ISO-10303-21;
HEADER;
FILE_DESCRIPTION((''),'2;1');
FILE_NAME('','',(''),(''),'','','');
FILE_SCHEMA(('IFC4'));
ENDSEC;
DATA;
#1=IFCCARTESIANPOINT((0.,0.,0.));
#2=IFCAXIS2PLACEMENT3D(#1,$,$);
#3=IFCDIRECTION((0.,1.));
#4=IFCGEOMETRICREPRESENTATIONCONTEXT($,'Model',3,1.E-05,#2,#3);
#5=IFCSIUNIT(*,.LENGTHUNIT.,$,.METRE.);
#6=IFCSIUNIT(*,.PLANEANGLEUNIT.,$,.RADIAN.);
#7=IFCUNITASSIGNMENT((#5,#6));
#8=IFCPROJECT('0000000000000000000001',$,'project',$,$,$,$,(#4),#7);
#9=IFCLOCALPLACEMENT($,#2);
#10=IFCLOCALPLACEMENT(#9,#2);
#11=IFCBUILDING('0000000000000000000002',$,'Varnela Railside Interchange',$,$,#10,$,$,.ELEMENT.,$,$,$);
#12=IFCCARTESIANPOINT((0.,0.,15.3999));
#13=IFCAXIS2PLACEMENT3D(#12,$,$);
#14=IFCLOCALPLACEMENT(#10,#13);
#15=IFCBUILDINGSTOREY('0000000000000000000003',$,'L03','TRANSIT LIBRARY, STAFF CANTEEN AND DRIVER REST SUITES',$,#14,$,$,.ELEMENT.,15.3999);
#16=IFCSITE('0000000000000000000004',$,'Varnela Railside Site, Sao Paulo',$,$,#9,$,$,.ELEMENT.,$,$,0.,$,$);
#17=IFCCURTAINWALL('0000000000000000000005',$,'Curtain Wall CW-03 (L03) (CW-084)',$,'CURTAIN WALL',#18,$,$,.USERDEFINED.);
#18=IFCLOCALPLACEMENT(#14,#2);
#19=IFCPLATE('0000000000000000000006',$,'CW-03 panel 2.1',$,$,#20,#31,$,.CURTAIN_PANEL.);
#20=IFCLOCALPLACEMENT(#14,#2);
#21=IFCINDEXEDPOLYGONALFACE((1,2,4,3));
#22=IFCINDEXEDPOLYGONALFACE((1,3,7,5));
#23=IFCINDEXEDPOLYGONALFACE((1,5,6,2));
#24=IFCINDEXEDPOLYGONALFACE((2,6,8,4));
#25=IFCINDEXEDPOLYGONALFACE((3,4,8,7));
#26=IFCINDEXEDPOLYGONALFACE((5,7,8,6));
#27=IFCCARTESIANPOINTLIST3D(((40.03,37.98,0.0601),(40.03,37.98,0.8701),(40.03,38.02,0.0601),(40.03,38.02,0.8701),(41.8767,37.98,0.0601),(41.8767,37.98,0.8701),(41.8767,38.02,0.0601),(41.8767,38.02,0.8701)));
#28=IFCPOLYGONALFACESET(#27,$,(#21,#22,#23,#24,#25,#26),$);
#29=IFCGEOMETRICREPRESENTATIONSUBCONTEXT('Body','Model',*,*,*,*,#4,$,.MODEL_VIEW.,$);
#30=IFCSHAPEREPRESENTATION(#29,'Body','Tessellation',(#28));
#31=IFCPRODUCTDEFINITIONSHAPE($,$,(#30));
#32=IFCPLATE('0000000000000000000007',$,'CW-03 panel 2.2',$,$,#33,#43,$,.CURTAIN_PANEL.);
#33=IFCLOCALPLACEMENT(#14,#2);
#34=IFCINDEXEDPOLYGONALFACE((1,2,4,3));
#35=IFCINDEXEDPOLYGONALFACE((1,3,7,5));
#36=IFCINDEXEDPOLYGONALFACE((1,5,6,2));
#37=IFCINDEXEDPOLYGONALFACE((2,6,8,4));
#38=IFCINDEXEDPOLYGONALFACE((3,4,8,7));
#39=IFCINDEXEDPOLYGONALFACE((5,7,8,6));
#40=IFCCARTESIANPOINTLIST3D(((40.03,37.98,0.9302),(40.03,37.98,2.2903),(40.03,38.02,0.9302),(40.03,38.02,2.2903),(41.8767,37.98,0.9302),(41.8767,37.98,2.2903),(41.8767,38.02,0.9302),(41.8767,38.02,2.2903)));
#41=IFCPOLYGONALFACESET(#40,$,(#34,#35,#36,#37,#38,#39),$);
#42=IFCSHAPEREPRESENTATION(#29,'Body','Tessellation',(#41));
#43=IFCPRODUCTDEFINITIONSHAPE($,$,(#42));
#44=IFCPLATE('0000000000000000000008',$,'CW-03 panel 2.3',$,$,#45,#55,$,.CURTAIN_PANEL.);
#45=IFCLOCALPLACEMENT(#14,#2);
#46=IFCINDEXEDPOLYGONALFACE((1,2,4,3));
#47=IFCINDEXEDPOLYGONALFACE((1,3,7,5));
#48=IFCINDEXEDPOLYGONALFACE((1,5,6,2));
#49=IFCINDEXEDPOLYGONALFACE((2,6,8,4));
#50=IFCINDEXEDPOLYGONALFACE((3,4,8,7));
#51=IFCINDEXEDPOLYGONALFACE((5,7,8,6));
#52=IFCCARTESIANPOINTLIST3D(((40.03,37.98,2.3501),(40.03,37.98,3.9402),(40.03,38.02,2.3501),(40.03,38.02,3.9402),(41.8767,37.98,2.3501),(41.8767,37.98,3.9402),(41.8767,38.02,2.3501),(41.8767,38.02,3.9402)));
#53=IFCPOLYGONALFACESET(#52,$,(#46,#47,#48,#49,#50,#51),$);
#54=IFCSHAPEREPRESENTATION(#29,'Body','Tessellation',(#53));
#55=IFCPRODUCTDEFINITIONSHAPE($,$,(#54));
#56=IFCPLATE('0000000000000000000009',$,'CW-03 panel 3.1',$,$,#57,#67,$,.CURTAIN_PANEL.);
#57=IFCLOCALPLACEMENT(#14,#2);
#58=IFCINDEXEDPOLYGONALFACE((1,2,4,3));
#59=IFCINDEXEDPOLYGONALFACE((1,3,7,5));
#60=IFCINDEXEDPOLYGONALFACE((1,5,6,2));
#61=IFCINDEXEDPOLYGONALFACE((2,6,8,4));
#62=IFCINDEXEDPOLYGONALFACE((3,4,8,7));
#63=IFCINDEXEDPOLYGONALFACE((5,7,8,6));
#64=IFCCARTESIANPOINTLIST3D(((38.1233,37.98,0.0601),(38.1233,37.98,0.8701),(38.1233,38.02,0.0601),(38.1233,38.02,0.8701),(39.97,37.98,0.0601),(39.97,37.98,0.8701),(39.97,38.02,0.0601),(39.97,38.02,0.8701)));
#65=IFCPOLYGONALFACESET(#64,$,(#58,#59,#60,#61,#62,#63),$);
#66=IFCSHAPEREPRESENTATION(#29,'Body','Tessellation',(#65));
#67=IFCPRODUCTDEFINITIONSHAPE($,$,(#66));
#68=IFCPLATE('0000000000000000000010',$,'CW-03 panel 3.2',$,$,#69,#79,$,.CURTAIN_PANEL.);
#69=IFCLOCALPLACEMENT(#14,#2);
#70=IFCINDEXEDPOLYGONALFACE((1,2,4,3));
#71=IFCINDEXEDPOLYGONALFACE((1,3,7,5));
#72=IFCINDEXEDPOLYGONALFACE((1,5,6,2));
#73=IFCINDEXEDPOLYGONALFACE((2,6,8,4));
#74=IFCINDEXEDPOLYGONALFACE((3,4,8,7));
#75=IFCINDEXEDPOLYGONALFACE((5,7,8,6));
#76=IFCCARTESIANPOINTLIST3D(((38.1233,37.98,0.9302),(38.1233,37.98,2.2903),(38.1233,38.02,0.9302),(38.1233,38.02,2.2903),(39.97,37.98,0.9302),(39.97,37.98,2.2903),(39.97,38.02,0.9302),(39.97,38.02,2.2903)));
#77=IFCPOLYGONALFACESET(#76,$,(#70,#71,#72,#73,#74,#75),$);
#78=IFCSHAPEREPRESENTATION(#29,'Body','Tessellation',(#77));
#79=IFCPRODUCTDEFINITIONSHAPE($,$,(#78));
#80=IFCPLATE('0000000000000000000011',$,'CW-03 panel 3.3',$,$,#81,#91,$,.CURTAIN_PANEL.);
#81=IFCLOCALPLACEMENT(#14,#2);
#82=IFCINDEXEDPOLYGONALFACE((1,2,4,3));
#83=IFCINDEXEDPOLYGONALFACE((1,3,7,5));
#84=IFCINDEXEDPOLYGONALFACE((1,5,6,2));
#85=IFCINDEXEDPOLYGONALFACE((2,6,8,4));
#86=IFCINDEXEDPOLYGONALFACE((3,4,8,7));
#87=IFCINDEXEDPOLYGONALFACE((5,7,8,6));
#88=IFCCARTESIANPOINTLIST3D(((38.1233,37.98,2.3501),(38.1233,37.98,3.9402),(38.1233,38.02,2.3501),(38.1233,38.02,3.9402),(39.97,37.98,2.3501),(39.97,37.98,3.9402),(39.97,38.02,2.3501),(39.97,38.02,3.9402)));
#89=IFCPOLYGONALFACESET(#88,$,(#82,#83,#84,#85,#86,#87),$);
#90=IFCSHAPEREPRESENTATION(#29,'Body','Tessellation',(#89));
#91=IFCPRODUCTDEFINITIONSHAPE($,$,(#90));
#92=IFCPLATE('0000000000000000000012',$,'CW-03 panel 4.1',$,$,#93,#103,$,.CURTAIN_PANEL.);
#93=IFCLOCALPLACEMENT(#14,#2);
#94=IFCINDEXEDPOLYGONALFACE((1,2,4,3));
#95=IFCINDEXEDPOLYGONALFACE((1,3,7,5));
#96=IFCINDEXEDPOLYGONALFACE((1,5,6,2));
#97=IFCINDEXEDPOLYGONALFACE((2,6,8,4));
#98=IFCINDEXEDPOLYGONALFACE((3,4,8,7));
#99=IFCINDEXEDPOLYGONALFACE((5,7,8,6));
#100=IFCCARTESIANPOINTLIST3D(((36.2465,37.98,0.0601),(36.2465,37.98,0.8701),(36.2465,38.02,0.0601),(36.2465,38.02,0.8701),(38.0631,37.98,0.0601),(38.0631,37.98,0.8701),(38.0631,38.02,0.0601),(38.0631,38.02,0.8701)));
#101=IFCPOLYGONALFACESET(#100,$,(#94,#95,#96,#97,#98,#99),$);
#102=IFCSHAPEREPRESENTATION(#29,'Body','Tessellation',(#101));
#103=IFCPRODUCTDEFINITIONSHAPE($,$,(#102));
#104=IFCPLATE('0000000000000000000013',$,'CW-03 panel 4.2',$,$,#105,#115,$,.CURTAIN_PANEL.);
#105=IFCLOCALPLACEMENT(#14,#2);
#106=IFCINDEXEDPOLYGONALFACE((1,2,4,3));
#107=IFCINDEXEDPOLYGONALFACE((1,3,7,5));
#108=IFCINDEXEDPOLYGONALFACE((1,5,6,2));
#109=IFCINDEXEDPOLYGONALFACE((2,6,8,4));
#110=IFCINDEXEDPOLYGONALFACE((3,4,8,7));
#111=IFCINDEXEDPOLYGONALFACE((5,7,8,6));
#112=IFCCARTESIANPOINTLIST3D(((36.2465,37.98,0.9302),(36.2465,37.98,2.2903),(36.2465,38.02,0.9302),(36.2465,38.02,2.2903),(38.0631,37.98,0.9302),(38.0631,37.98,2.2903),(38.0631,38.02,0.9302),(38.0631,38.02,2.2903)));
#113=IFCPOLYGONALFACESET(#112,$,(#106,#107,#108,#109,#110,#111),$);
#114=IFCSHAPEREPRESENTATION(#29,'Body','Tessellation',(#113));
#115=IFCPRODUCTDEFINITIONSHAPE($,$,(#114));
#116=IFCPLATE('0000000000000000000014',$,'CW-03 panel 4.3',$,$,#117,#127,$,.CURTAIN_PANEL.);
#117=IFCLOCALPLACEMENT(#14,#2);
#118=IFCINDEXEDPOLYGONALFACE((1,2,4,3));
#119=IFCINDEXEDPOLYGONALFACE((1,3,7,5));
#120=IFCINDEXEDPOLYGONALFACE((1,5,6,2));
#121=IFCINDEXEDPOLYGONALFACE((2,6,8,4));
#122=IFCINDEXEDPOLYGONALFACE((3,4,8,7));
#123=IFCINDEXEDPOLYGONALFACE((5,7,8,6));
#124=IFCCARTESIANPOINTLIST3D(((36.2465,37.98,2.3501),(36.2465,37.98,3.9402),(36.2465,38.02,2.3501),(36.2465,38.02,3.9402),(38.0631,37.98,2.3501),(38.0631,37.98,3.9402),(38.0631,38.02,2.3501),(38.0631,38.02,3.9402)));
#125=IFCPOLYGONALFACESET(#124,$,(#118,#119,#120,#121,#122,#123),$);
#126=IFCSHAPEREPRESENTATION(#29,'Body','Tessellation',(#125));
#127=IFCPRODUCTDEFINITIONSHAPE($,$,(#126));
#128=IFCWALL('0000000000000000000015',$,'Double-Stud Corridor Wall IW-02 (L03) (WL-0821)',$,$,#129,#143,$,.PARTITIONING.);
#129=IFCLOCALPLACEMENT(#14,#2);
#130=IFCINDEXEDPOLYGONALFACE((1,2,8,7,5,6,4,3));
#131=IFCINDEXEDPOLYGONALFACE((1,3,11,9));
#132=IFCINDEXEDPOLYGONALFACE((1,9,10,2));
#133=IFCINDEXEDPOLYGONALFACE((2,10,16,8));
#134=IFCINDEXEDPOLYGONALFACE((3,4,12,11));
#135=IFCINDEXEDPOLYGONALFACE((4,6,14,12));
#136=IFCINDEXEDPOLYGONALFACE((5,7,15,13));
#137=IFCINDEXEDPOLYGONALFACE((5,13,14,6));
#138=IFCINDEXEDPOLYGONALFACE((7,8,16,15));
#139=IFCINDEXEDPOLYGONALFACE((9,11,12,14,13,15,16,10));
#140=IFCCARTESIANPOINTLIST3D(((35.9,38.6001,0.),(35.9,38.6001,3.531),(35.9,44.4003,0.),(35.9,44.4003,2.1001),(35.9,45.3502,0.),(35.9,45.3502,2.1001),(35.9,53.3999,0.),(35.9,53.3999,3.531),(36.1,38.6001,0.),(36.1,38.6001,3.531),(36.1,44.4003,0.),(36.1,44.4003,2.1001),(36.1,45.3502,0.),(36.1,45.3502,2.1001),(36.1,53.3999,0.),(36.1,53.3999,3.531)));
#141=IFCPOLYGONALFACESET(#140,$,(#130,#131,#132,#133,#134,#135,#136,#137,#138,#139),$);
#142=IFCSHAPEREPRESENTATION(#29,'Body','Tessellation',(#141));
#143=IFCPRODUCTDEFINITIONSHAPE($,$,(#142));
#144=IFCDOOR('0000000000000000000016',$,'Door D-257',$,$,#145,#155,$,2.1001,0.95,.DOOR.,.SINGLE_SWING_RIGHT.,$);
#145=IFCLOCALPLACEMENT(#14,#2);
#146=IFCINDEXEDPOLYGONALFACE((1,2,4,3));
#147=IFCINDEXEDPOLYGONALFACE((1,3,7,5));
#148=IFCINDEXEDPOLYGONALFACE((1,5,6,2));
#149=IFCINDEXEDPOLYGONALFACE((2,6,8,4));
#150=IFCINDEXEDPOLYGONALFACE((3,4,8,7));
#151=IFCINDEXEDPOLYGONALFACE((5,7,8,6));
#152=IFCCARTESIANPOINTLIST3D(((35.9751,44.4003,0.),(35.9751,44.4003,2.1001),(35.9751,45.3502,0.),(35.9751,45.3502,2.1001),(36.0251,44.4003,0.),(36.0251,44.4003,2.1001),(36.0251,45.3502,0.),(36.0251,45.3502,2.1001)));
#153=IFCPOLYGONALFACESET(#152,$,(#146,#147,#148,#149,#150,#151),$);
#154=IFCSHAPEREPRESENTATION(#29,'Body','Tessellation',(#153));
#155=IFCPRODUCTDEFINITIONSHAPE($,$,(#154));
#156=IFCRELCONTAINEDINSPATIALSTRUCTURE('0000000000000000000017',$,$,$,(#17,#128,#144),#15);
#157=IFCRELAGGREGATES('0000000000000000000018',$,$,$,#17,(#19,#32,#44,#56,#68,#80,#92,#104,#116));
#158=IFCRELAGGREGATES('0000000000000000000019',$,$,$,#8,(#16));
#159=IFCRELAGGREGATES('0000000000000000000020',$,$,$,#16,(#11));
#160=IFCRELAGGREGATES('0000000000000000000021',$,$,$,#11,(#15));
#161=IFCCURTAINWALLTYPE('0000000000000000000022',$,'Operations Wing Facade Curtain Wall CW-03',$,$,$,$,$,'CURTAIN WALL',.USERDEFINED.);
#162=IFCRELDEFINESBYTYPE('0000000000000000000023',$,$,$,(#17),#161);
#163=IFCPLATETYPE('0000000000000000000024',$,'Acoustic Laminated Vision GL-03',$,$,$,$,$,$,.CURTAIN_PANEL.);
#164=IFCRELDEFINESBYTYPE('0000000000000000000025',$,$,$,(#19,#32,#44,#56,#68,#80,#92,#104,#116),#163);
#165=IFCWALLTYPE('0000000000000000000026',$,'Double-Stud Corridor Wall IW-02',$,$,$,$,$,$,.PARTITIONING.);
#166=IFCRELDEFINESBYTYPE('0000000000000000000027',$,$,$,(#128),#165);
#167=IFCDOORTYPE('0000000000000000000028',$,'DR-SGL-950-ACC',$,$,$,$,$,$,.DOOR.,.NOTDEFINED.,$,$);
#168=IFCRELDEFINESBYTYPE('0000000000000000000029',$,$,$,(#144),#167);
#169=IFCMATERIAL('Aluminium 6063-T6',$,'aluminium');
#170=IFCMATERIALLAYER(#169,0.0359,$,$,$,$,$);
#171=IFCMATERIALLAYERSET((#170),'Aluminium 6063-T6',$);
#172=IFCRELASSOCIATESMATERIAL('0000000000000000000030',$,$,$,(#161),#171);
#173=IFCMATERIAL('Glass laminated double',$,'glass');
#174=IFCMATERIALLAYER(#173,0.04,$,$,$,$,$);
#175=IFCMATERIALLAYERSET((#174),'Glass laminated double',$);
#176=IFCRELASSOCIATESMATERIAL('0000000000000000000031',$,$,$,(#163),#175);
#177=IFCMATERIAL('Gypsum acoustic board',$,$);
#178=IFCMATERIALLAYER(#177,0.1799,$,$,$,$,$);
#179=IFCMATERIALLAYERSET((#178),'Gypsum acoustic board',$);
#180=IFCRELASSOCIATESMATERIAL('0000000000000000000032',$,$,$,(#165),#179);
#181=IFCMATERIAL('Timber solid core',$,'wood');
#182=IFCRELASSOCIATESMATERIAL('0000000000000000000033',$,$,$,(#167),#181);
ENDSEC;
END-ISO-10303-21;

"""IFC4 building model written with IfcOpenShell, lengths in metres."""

from ifc_helpers import new_model, si_unit, direction, frame, frame_2d, origin, origin_2d, place, context, subcontext, project, spatial, rectangle, extrude, material, layer, layer_set, type_object, element, fill, aggregate, save


model = new_model("IFC4")

# Units and contexts
model_context = context("Model", 3, precision=1e-05, world=origin(), true_north=direction((0.0, 1.0)))
body_context = subcontext(model_context, "Body", "Model", "MODEL_VIEW")
ifc_project = project(units=[si_unit("LENGTHUNIT", "METRE"), si_unit("PLANEANGLEUNIT", "RADIAN")], contexts=[model_context])

# Site, building, storey
site_placement = place(None, origin())
site = spatial("IfcSite", under=ifc_project, at=site_placement, Name="Varnela Railside Site, Sao Paulo", CompositionType="ELEMENT", RefElevation=0.0)
building_placement = place(site_placement, origin())
building = spatial("IfcBuilding", under=site, at=building_placement, Name="Varnela Railside Interchange", CompositionType="ELEMENT")
storey_placement = place(building_placement, frame((0.0, 0.0, 15.3999)))
storey = spatial("IfcBuildingStorey", under=building, at=storey_placement, Name="L03", Description="TRANSIT LIBRARY, STAFF CANTEEN AND DRIVER REST SUITES", CompositionType="ELEMENT", Elevation=15.3999)

# Curtain wall
ifc_material_1 = material(Name="Aluminium 6063-T6", Category="aluminium")
ifc_layer_1 = layer(ifc_material_1, 0.0359)
ifc_layer_set_1 = layer_set([ifc_layer_1], Name="Aluminium 6063-T6")
curtain_wall_type = type_object("IfcCurtainWallType", Name="Operations Wing Facade Curtain Wall CW-03", ElementType="CURTAIN WALL", PredefinedType="USERDEFINED", material=ifc_layer_set_1)
curtain_wall_placement = place(storey_placement, origin())
curtain_wall = element("IfcCurtainWall", 1, at=curtain_wall_placement, inside=storey, type_object=curtain_wall_type, Name="Curtain Wall CW-03 (L03) (CW-084)", ObjectType="CURTAIN WALL", PredefinedType="USERDEFINED")

# Plates
ifc_material_2 = material(Name="Glass laminated double", Category="glass")
ifc_layer_2 = layer(ifc_material_2, 0.04)
ifc_layer_set_2 = layer_set([ifc_layer_2], Name="Glass laminated double")
plate_type = type_object("IfcPlateType", Name="Acoustic Laminated Vision GL-03", PredefinedType="CURTAIN_PANEL", material=ifc_layer_set_2)
plate_1_placement = place(storey_placement, frame((40.9534, 38.0, 0.0601), z_axis=(0.0, 0.0, 1.0), x_axis=(-1.0, 0.0, 0.0)))
plate_1 = element("IfcPlate", 2, at=plate_1_placement, type_object=plate_type, Name="CW-03 panel 2.1", PredefinedType="CURTAIN_PANEL", context=body_context, shape_type="SweptSolid", body=[
    extrude(rectangle(XDim=1.8467, YDim=0.04, at=origin_2d()), origin(), (0.0, 0.0, 1.0), 0.8101),
])
plate_2_placement = place(storey_placement, frame((40.9534, 38.0, 0.9302), z_axis=(0.0, 0.0, 1.0), x_axis=(-1.0, 0.0, 0.0)))
plate_2 = element("IfcPlate", 3, at=plate_2_placement, type_object=plate_type, Name="CW-03 panel 2.2", PredefinedType="CURTAIN_PANEL", context=body_context, shape_type="SweptSolid", body=[
    extrude(rectangle(XDim=1.8467, YDim=0.04, at=origin_2d()), origin(), (0.0, 0.0, 1.0), 1.3601),
])
plate_3_placement = place(storey_placement, frame((40.9534, 38.0, 2.3501), z_axis=(0.0, 0.0, 1.0), x_axis=(-1.0, 0.0, 0.0)))
plate_3 = element("IfcPlate", 4, at=plate_3_placement, type_object=plate_type, Name="CW-03 panel 2.3", PredefinedType="CURTAIN_PANEL", context=body_context, shape_type="SweptSolid", body=[
    extrude(rectangle(XDim=1.8467, YDim=0.04, at=origin_2d()), origin(), (0.0, 0.0, 1.0), 1.5901),
])
plate_4_placement = place(storey_placement, frame((39.0466, 38.0, 0.0601), z_axis=(0.0, 0.0, 1.0), x_axis=(-1.0, 0.0, 0.0)))
plate_4 = element("IfcPlate", 5, at=plate_4_placement, type_object=plate_type, Name="CW-03 panel 3.1", PredefinedType="CURTAIN_PANEL", context=body_context, shape_type="SweptSolid", body=[
    extrude(rectangle(XDim=1.8467, YDim=0.04, at=origin_2d()), origin(), (0.0, 0.0, 1.0), 0.8101),
])
plate_5_placement = place(storey_placement, frame((39.0466, 38.0, 0.9302), z_axis=(0.0, 0.0, 1.0), x_axis=(-1.0, 0.0, 0.0)))
plate_5 = element("IfcPlate", 6, at=plate_5_placement, type_object=plate_type, Name="CW-03 panel 3.2", PredefinedType="CURTAIN_PANEL", context=body_context, shape_type="SweptSolid", body=[
    extrude(rectangle(XDim=1.8467, YDim=0.04, at=origin_2d()), origin(), (0.0, 0.0, 1.0), 1.3601),
])
plate_6_placement = place(storey_placement, frame((39.0466, 38.0, 2.3501), z_axis=(0.0, 0.0, 1.0), x_axis=(-1.0, 0.0, 0.0)))
plate_6 = element("IfcPlate", 7, at=plate_6_placement, type_object=plate_type, Name="CW-03 panel 3.3", PredefinedType="CURTAIN_PANEL", context=body_context, shape_type="SweptSolid", body=[
    extrude(rectangle(XDim=1.8467, YDim=0.04, at=origin_2d()), origin(), (0.0, 0.0, 1.0), 1.5901),
])
plate_7_placement = place(storey_placement, frame((37.1548, 38.0, 0.0601), z_axis=(0.0, 0.0, 1.0), x_axis=(-1.0, 0.0, 0.0)))
plate_7 = element("IfcPlate", 8, at=plate_7_placement, type_object=plate_type, Name="CW-03 panel 4.1", PredefinedType="CURTAIN_PANEL", context=body_context, shape_type="SweptSolid", body=[
    extrude(rectangle(XDim=1.8167, YDim=0.04, at=origin_2d()), origin(), (0.0, 0.0, 1.0), 0.8101),
])
plate_8_placement = place(storey_placement, frame((37.1548, 38.0, 0.9302), z_axis=(0.0, 0.0, 1.0), x_axis=(-1.0, 0.0, 0.0)))
plate_8 = element("IfcPlate", 9, at=plate_8_placement, type_object=plate_type, Name="CW-03 panel 4.2", PredefinedType="CURTAIN_PANEL", context=body_context, shape_type="SweptSolid", body=[
    extrude(rectangle(XDim=1.8167, YDim=0.04, at=origin_2d()), origin(), (0.0, 0.0, 1.0), 1.3601),
])
plate_9_placement = place(storey_placement, frame((37.1548, 38.0, 2.3501), z_axis=(0.0, 0.0, 1.0), x_axis=(-1.0, 0.0, 0.0)))
plate_9 = element("IfcPlate", 10, at=plate_9_placement, type_object=plate_type, Name="CW-03 panel 4.3", PredefinedType="CURTAIN_PANEL", context=body_context, shape_type="SweptSolid", body=[
    extrude(rectangle(XDim=1.8167, YDim=0.04, at=origin_2d()), origin(), (0.0, 0.0, 1.0), 1.5901),
])
aggregate(curtain_wall, [plate_1, plate_2, plate_3, plate_4, plate_5, plate_6, plate_7, plate_8, plate_9])

# Wall, opening, door
ifc_material_3 = material(Name="Gypsum acoustic board")
ifc_layer_3 = layer(ifc_material_3, 0.1799)
ifc_layer_set_3 = layer_set([ifc_layer_3], Name="Gypsum acoustic board")
wall_type = type_object("IfcWallType", Name="Double-Stud Corridor Wall IW-02", PredefinedType="PARTITIONING", material=ifc_layer_set_3)
wall_placement = place(storey_placement, frame((36.0, 38.6001, 0.0), z_axis=(0.0, 0.0, 1.0), x_axis=(0.0, 1.0, 0.0)))
wall = element("IfcWall", 11, at=wall_placement, inside=storey, type_object=wall_type, Name="Double-Stud Corridor Wall IW-02 (L03) (WL-0821)", PredefinedType="PARTITIONING", context=body_context, shape_type="SweptSolid", body=[
    extrude(rectangle(XDim=14.7998, YDim=0.2, at=frame_2d((7.3999, 0.0))), origin(), (0.0, 0.0, 1.0), 3.531),
])
opening_placement = place(wall_placement, frame((5.8, 0.0, 0.0)))
opening = element("IfcOpeningElement", 12, at=opening_placement, cuts=wall, PredefinedType="OPENING", context=body_context, shape_type="SweptSolid", body=[
    extrude(rectangle(XDim=0.95, YDim=2.1001, at=frame_2d((0.4751, 1.05))), frame((0.0, 0.1099, 0.0), z_axis=(0.0, -1.0, 0.0), x_axis=(1.0, 0.0, 0.0)), (0.0, 0.0, 1.0), 0.22),
])
ifc_material_4 = material(Name="Timber solid core", Category="wood")
door_type = type_object("IfcDoorType", Name="DR-SGL-950-ACC", OperationType="NOTDEFINED", PredefinedType="DOOR", material=ifc_material_4)
door_placement = place(opening_placement, origin())
door = element("IfcDoor", 13, at=door_placement, inside=storey, type_object=door_type, Name="Door D-257", OperationType="SINGLE_SWING_RIGHT", OverallHeight=2.1001, OverallWidth=0.95, PredefinedType="DOOR", context=body_context, shape_type="SweptSolid", body=[
    extrude(rectangle(XDim=0.95, YDim=2.1001, at=frame_2d((0.4751, 1.05))), frame((0.0, 0.0249, 0.0), z_axis=(0.0, -1.0, 0.0), x_axis=(1.0, 0.0, 0.0)), (0.0, 0.0, 1.0), 0.05),
])
fill(opening, door)

save(model, "model.ifc")
